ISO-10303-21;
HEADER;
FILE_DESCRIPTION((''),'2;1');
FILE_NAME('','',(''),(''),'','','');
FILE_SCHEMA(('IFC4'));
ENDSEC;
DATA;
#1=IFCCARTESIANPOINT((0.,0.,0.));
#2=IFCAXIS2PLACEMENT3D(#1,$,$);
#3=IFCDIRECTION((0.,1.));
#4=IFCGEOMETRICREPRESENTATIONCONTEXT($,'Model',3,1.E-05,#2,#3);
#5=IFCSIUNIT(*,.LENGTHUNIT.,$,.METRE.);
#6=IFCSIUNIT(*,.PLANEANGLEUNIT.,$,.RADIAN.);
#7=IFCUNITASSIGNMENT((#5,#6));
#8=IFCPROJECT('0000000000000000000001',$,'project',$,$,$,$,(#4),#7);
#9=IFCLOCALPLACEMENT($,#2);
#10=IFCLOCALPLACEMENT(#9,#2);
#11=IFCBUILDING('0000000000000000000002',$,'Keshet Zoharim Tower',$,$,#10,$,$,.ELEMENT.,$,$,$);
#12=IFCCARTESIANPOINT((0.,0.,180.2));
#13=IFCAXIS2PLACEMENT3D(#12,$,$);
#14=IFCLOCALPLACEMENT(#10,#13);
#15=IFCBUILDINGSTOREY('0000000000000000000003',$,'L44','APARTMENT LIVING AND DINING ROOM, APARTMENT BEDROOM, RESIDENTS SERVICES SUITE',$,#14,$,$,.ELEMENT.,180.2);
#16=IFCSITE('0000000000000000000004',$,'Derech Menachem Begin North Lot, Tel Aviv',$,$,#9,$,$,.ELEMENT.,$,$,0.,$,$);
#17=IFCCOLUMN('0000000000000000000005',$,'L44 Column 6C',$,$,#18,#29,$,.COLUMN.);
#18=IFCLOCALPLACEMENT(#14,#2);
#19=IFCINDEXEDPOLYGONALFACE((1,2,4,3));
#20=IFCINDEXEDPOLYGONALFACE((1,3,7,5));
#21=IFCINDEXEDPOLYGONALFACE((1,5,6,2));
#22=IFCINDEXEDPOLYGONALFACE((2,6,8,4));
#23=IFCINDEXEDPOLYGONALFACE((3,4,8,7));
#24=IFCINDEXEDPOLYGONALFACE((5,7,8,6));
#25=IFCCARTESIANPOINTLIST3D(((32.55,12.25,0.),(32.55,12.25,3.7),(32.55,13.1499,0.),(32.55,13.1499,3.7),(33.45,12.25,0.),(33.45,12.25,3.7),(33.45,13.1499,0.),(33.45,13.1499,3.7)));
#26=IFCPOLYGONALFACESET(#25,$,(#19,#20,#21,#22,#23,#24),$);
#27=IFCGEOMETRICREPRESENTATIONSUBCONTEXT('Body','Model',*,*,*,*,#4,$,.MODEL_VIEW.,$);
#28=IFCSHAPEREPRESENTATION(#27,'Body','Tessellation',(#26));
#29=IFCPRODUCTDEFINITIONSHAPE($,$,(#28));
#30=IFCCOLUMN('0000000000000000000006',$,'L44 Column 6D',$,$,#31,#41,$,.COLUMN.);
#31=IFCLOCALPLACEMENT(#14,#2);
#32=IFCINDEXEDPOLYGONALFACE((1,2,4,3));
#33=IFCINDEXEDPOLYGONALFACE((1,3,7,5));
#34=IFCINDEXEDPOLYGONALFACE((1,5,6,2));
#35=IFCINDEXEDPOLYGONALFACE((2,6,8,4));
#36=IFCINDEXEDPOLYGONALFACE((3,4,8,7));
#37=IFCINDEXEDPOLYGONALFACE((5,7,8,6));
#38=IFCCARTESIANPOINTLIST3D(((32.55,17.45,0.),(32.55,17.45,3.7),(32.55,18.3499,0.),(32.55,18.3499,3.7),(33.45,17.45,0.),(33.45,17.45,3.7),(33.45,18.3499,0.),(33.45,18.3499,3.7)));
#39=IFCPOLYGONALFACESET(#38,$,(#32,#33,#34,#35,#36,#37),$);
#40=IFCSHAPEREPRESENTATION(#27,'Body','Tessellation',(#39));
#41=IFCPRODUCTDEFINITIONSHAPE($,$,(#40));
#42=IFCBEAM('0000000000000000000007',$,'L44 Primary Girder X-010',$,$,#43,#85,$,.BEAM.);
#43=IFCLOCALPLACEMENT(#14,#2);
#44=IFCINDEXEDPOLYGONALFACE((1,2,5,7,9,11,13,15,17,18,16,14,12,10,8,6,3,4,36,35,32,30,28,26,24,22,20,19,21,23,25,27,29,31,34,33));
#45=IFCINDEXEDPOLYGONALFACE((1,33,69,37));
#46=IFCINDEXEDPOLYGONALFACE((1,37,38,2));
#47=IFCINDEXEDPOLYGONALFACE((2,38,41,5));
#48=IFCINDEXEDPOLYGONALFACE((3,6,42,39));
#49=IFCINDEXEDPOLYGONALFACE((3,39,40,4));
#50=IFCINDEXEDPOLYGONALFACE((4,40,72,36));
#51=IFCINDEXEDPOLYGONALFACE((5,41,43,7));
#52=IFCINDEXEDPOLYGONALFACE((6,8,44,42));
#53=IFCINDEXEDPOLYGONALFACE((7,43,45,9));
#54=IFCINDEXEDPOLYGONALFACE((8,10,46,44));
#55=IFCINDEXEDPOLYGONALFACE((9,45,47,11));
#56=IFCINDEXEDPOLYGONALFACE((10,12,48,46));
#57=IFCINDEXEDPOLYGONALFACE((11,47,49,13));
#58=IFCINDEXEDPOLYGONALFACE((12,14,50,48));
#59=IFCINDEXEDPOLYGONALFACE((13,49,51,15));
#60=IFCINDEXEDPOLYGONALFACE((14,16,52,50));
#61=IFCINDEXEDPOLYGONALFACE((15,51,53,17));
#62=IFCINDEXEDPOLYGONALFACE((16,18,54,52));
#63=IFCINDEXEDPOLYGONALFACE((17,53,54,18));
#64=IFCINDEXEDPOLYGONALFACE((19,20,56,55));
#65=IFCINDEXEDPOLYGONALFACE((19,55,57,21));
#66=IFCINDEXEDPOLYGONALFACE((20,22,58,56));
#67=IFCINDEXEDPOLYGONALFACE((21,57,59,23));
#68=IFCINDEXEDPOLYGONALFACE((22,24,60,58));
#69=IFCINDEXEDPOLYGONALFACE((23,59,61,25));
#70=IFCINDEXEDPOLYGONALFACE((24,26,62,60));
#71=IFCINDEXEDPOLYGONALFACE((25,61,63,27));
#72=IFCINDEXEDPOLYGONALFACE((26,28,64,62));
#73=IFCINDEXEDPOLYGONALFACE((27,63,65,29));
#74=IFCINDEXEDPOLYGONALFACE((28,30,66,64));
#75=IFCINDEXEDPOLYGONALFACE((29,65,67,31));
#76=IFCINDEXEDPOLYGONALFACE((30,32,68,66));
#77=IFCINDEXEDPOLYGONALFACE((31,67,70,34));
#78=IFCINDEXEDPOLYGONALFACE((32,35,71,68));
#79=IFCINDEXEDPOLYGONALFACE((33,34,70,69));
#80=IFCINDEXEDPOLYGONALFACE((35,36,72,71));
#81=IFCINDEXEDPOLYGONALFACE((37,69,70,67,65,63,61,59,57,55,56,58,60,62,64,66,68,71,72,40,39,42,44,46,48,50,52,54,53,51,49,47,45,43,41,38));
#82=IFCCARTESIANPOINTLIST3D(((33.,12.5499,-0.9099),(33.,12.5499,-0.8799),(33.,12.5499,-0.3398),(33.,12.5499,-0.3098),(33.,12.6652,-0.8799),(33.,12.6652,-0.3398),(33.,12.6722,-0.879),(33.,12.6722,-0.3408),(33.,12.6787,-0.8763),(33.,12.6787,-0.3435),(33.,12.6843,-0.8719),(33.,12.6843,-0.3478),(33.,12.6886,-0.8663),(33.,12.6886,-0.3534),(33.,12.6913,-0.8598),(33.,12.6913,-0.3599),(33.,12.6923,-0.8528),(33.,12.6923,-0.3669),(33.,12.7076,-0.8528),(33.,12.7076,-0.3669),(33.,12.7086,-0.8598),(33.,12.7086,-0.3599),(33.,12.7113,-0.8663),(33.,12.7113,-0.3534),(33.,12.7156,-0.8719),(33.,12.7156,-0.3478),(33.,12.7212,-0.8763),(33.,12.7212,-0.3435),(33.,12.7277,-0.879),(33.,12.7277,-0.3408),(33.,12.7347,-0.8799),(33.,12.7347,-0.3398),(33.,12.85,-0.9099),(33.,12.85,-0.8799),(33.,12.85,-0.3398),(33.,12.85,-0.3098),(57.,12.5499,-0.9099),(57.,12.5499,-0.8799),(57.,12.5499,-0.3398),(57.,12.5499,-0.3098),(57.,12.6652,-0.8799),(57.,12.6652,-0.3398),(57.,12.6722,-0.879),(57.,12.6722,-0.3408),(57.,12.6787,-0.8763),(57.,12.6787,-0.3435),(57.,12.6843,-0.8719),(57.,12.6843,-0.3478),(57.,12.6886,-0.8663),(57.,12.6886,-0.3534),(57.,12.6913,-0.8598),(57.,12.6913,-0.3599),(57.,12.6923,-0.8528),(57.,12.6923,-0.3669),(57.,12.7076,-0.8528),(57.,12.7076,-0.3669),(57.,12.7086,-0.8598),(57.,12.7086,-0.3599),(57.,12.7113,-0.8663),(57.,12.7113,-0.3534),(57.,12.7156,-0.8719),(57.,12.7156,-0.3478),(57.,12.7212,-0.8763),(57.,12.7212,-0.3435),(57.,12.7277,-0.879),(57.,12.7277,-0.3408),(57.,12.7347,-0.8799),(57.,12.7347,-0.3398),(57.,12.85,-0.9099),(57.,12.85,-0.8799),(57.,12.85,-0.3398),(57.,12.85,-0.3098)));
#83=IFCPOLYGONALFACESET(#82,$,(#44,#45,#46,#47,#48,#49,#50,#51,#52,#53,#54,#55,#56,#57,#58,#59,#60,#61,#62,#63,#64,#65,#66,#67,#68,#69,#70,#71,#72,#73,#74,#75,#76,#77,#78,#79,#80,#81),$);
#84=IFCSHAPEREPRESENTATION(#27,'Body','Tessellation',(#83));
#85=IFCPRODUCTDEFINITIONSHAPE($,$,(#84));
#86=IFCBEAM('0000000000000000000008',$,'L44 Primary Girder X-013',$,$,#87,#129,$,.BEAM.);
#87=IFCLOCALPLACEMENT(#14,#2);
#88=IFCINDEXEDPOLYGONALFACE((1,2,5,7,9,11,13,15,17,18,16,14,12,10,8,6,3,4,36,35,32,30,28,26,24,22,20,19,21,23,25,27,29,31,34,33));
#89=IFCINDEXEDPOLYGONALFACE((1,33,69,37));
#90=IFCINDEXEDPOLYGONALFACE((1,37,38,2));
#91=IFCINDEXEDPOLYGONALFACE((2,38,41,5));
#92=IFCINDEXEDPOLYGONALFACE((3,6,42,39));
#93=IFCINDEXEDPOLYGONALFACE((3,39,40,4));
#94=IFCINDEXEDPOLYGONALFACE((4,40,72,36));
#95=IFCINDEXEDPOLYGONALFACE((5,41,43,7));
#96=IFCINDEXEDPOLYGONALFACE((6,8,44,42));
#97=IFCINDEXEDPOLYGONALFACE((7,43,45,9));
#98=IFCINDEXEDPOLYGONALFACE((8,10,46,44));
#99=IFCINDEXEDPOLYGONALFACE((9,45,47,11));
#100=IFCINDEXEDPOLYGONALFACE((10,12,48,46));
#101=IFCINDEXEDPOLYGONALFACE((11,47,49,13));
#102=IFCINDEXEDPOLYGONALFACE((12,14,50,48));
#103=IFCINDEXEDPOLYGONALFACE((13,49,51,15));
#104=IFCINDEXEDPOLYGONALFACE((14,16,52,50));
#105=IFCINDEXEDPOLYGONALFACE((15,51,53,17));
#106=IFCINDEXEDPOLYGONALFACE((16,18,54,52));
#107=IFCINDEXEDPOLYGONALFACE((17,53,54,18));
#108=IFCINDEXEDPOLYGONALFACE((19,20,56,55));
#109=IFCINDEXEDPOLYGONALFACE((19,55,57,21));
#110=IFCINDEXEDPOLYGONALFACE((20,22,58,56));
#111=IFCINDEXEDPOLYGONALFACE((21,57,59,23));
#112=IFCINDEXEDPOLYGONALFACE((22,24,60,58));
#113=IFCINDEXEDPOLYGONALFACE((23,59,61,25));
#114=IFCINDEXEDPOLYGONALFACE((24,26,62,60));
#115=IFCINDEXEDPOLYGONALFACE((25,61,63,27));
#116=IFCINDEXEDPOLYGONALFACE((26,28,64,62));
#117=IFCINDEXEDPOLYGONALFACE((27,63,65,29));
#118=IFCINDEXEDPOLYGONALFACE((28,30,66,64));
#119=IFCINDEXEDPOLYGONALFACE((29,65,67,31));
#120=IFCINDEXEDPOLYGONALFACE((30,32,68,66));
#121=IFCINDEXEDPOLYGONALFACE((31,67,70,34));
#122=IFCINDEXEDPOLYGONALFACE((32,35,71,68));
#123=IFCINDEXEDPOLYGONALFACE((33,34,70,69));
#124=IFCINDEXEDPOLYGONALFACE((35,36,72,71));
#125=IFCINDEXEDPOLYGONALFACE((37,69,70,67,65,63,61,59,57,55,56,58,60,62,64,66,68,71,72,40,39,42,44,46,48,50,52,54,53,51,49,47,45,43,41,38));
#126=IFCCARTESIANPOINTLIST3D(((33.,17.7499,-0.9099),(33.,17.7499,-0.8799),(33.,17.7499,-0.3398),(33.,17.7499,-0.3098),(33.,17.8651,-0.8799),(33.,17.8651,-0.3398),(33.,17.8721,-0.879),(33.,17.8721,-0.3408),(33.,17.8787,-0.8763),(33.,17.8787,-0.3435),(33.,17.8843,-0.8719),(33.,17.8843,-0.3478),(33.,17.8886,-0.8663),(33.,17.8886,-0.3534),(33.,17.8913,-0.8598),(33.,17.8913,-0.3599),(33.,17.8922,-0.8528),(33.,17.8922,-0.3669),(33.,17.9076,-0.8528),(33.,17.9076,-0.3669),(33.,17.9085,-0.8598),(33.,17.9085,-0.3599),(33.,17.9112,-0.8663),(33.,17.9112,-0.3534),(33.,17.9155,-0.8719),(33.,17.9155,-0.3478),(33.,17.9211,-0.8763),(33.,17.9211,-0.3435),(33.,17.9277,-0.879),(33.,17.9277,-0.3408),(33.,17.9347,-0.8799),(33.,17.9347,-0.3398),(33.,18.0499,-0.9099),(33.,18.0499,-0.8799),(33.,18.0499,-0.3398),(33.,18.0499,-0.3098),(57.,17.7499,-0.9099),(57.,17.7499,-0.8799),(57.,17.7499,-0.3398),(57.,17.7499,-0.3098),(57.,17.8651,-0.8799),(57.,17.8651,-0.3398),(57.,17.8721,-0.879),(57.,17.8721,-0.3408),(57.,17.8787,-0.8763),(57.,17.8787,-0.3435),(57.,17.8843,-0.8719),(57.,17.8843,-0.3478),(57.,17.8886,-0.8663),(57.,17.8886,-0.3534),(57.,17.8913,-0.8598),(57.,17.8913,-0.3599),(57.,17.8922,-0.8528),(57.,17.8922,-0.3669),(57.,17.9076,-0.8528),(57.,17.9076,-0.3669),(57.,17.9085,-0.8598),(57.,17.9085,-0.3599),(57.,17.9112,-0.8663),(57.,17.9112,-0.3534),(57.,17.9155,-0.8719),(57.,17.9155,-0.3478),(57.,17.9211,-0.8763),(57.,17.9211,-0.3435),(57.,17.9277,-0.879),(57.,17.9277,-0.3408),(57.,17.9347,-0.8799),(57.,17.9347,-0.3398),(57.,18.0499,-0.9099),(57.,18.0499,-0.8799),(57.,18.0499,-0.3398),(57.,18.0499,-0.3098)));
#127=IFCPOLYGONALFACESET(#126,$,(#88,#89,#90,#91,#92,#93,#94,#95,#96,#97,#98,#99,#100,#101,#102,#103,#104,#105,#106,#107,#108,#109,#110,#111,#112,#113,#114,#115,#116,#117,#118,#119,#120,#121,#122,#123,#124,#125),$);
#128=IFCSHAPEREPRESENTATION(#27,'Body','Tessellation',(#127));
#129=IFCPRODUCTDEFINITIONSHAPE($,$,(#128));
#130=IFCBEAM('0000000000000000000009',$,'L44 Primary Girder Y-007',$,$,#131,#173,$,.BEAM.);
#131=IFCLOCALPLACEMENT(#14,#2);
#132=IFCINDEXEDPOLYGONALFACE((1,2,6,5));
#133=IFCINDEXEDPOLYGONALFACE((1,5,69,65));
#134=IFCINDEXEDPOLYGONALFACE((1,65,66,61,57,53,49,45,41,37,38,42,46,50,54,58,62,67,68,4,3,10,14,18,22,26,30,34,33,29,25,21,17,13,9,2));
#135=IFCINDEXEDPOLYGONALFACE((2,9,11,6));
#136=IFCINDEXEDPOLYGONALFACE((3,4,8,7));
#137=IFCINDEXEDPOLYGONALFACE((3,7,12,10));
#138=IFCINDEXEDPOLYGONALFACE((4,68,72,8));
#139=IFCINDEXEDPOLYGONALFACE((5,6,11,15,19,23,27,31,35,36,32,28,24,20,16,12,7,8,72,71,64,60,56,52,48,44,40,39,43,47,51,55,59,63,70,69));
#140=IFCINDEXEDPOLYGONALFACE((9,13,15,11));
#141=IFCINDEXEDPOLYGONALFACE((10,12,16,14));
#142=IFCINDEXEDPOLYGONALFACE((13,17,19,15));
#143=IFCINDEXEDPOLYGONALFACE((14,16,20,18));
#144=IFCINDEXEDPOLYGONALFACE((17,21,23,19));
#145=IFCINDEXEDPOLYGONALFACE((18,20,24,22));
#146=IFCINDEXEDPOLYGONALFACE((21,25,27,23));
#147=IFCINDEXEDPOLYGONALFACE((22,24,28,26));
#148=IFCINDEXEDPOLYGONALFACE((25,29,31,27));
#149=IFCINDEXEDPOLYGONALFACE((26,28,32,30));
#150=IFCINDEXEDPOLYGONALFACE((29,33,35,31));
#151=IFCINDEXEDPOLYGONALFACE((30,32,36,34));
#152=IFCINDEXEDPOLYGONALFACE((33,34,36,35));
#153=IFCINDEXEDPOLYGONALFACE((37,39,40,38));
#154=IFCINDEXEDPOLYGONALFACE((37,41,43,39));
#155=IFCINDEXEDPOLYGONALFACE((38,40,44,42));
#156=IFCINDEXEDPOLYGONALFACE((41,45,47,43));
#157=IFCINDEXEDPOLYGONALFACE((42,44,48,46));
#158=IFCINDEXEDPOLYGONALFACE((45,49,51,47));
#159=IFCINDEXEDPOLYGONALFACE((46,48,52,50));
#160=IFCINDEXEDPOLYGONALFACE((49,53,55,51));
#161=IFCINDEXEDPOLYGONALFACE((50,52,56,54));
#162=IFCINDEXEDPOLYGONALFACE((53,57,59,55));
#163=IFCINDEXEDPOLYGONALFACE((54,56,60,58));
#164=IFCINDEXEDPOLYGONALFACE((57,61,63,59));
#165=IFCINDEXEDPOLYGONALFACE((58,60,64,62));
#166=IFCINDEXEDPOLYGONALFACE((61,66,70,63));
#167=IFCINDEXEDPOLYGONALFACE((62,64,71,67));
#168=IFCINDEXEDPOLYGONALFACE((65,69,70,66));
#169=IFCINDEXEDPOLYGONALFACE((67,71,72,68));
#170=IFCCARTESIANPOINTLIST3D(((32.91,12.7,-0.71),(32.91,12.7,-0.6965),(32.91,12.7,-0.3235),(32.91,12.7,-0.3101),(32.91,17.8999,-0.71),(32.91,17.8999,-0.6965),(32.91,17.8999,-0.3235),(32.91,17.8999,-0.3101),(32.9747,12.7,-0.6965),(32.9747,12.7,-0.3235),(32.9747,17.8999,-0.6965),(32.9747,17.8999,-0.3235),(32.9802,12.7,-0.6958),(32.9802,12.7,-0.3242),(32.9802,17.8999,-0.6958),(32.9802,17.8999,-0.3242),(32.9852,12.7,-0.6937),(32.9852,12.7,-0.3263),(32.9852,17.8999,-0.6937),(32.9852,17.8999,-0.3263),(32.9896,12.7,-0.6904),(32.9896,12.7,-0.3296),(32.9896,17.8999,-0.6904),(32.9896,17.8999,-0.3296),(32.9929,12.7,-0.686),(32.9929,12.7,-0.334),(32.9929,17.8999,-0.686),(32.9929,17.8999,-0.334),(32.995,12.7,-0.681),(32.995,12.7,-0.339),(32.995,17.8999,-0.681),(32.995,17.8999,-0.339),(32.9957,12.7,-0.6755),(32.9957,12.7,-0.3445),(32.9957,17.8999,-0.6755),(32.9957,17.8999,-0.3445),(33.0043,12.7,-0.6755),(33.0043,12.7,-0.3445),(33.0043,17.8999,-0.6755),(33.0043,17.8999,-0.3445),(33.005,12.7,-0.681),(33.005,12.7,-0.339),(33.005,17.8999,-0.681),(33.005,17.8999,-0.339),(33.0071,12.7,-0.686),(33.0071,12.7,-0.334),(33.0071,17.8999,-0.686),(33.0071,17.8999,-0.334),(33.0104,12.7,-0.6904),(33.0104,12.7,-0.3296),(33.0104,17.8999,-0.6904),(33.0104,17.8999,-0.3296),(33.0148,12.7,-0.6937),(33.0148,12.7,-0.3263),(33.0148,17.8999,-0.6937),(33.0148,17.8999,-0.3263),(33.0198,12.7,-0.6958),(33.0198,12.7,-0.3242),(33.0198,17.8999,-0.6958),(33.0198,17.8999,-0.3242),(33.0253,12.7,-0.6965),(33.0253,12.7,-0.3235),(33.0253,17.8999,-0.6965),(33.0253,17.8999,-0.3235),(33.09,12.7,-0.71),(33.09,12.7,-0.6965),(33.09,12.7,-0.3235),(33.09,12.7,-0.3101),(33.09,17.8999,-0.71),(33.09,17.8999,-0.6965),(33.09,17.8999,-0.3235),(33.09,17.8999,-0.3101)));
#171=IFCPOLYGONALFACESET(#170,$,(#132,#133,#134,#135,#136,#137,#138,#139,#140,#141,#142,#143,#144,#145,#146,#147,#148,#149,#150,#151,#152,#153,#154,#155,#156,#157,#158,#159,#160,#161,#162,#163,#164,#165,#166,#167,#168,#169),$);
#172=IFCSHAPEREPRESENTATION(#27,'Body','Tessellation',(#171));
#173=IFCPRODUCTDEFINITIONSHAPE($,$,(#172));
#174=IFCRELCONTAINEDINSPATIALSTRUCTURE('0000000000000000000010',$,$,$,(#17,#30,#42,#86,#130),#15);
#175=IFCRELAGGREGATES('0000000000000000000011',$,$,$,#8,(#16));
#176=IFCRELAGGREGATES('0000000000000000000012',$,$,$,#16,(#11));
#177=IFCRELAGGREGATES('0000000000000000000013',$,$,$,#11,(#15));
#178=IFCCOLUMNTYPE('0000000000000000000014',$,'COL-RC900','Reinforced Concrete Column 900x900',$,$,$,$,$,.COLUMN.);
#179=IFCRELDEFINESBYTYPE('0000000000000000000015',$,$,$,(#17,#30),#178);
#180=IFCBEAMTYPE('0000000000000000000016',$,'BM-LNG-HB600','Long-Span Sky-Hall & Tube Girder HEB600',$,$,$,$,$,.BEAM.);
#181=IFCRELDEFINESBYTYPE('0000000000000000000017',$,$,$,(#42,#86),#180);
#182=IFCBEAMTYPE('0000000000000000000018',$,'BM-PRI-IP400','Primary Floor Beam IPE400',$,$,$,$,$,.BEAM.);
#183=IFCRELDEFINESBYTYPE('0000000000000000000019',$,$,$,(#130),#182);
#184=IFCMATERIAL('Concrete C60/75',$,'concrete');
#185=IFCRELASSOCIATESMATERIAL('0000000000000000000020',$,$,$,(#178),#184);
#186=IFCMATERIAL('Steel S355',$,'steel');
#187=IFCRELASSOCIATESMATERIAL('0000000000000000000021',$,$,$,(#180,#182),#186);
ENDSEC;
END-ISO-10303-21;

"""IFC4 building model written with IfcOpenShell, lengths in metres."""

from ifc_helpers import new_model, si_unit, direction, frame, origin, origin_2d, place, context, subcontext, project, spatial, rectangle, i_section, extrude, material, material_profile, profile_set, type_object, element, save


model = new_model("IFC4")

# Units and contexts
model_context = context("Model", 3, precision=1e-05, world=origin(), true_north=direction((0.0, 1.0)))
body_context = subcontext(model_context, "Body", "Model", "MODEL_VIEW")
ifc_project = project(units=[si_unit("LENGTHUNIT", "METRE"), si_unit("PLANEANGLEUNIT", "RADIAN")], contexts=[model_context])

# Site, building, storey
site_placement = place(None, origin())
site = spatial("IfcSite", under=ifc_project, at=site_placement, Name="Derech Menachem Begin North Lot, Tel Aviv", CompositionType="ELEMENT", RefElevation=0.0)
building_placement = place(site_placement, origin())
building = spatial("IfcBuilding", under=site, at=building_placement, Name="Keshet Zoharim Tower", CompositionType="ELEMENT")
storey_placement = place(building_placement, frame((0.0, 0.0, 180.2)))
storey = spatial("IfcBuildingStorey", under=building, at=storey_placement, Name="L44", Description="APARTMENT LIVING AND DINING ROOM, APARTMENT BEDROOM, RESIDENTS SERVICES SUITE", CompositionType="ELEMENT", Elevation=180.2)

# Columns
ifc_material_1 = material(Name="Concrete C60/75", Category="concrete")
ifc_material_profile_1 = material_profile(ifc_material_1, rectangle(XDim=0.8999, YDim=0.8999, at=origin_2d()), Name="RC900x900")
ifc_profile_set_1 = profile_set([ifc_material_profile_1], Name="Concrete C60/75")
column_type = type_object("IfcColumnType", Name="COL-RC900", Description="Reinforced Concrete Column 900x900", PredefinedType="COLUMN", material=ifc_profile_set_1)
for number, where, z_axis, x_axis, name in (
    (1, (33.0, 12.7, 0.0), (0.0, 0.0, 1.0), (1.0, 0.0, 0.0), "L44 Column 6C"),
    (2, (33.0, 17.8999, 0.0), (0.0, 0.0, 1.0), (1.0, 0.0, 0.0), "L44 Column 6D"),
):
    element("IfcColumn", number, at=place(storey_placement, frame(where, z_axis=z_axis, x_axis=x_axis)), inside=storey, type_object=column_type, Name=name, PredefinedType="COLUMN", context=body_context, shape_type="SweptSolid", body=[
        extrude(rectangle(XDim=0.8999, YDim=0.8999, at=origin_2d()), origin(), (0.0, 0.0, 1.0), 3.7),
    ])

# Beams
ifc_material_2 = material(Name="Steel S355", Category="steel")
ifc_material_profile_2 = material_profile(ifc_material_2, i_section(OverallWidth=0.3, OverallDepth=0.6001, WebThickness=0.0154, FlangeThickness=0.03, FilletRadius=0.0271, at=origin_2d()), Name="HEB600")
ifc_profile_set_2 = profile_set([ifc_material_profile_2], Name="Steel S355")
beam_type_1 = type_object("IfcBeamType", Name="BM-LNG-HB600", Description="Long-Span Sky-Hall & Tube Girder HEB600", PredefinedType="BEAM", material=ifc_profile_set_2)
for number, where, z_axis, x_axis, name in (
    (3, (33.0, 12.7, -0.6099), (1.0, 0.0, 0.0), (0.0, 1.0, 0.0), "L44 Primary Girder X-010"),
    (4, (33.0, 17.8999, -0.6099), (1.0, 0.0, 0.0), (0.0, 1.0, 0.0), "L44 Primary Girder X-013"),
):
    element("IfcBeam", number, at=place(storey_placement, frame(where, z_axis=z_axis, x_axis=x_axis)), inside=storey, type_object=beam_type_1, Name=name, PredefinedType="BEAM", context=body_context, shape_type="SweptSolid", body=[
        extrude(i_section(OverallWidth=0.3, OverallDepth=0.6001, WebThickness=0.0154, FlangeThickness=0.03, FilletRadius=0.0271, at=origin_2d()), origin(), (0.0, 0.0, 1.0), 24.0),
    ])
ifc_material_profile_3 = material_profile(ifc_material_2, i_section(OverallWidth=0.1799, OverallDepth=0.3999, WebThickness=0.0085, FlangeThickness=0.0134, FilletRadius=0.021, at=origin_2d()), Name="IPE400")
ifc_profile_set_3 = profile_set([ifc_material_profile_3], Name="Steel S355")
beam_type_2 = type_object("IfcBeamType", Name="BM-PRI-IP400", Description="Primary Floor Beam IPE400", PredefinedType="BEAM", material=ifc_profile_set_3)
beam_1_placement = place(storey_placement, frame((33.0, 12.7, -0.51), z_axis=(0.0, 1.0, 0.0), x_axis=(-1.0, 0.0, 0.0)))
element("IfcBeam", 5, at=beam_1_placement, inside=storey, type_object=beam_type_2, Name="L44 Primary Girder Y-007", PredefinedType="BEAM", context=body_context, shape_type="SweptSolid", body=[
    extrude(i_section(OverallWidth=0.1799, OverallDepth=0.3999, WebThickness=0.0085, FlangeThickness=0.0134, FilletRadius=0.021, at=origin_2d()), origin(), (0.0, 0.0, 1.0), 5.2),
])

save(model, "model.ifc")
